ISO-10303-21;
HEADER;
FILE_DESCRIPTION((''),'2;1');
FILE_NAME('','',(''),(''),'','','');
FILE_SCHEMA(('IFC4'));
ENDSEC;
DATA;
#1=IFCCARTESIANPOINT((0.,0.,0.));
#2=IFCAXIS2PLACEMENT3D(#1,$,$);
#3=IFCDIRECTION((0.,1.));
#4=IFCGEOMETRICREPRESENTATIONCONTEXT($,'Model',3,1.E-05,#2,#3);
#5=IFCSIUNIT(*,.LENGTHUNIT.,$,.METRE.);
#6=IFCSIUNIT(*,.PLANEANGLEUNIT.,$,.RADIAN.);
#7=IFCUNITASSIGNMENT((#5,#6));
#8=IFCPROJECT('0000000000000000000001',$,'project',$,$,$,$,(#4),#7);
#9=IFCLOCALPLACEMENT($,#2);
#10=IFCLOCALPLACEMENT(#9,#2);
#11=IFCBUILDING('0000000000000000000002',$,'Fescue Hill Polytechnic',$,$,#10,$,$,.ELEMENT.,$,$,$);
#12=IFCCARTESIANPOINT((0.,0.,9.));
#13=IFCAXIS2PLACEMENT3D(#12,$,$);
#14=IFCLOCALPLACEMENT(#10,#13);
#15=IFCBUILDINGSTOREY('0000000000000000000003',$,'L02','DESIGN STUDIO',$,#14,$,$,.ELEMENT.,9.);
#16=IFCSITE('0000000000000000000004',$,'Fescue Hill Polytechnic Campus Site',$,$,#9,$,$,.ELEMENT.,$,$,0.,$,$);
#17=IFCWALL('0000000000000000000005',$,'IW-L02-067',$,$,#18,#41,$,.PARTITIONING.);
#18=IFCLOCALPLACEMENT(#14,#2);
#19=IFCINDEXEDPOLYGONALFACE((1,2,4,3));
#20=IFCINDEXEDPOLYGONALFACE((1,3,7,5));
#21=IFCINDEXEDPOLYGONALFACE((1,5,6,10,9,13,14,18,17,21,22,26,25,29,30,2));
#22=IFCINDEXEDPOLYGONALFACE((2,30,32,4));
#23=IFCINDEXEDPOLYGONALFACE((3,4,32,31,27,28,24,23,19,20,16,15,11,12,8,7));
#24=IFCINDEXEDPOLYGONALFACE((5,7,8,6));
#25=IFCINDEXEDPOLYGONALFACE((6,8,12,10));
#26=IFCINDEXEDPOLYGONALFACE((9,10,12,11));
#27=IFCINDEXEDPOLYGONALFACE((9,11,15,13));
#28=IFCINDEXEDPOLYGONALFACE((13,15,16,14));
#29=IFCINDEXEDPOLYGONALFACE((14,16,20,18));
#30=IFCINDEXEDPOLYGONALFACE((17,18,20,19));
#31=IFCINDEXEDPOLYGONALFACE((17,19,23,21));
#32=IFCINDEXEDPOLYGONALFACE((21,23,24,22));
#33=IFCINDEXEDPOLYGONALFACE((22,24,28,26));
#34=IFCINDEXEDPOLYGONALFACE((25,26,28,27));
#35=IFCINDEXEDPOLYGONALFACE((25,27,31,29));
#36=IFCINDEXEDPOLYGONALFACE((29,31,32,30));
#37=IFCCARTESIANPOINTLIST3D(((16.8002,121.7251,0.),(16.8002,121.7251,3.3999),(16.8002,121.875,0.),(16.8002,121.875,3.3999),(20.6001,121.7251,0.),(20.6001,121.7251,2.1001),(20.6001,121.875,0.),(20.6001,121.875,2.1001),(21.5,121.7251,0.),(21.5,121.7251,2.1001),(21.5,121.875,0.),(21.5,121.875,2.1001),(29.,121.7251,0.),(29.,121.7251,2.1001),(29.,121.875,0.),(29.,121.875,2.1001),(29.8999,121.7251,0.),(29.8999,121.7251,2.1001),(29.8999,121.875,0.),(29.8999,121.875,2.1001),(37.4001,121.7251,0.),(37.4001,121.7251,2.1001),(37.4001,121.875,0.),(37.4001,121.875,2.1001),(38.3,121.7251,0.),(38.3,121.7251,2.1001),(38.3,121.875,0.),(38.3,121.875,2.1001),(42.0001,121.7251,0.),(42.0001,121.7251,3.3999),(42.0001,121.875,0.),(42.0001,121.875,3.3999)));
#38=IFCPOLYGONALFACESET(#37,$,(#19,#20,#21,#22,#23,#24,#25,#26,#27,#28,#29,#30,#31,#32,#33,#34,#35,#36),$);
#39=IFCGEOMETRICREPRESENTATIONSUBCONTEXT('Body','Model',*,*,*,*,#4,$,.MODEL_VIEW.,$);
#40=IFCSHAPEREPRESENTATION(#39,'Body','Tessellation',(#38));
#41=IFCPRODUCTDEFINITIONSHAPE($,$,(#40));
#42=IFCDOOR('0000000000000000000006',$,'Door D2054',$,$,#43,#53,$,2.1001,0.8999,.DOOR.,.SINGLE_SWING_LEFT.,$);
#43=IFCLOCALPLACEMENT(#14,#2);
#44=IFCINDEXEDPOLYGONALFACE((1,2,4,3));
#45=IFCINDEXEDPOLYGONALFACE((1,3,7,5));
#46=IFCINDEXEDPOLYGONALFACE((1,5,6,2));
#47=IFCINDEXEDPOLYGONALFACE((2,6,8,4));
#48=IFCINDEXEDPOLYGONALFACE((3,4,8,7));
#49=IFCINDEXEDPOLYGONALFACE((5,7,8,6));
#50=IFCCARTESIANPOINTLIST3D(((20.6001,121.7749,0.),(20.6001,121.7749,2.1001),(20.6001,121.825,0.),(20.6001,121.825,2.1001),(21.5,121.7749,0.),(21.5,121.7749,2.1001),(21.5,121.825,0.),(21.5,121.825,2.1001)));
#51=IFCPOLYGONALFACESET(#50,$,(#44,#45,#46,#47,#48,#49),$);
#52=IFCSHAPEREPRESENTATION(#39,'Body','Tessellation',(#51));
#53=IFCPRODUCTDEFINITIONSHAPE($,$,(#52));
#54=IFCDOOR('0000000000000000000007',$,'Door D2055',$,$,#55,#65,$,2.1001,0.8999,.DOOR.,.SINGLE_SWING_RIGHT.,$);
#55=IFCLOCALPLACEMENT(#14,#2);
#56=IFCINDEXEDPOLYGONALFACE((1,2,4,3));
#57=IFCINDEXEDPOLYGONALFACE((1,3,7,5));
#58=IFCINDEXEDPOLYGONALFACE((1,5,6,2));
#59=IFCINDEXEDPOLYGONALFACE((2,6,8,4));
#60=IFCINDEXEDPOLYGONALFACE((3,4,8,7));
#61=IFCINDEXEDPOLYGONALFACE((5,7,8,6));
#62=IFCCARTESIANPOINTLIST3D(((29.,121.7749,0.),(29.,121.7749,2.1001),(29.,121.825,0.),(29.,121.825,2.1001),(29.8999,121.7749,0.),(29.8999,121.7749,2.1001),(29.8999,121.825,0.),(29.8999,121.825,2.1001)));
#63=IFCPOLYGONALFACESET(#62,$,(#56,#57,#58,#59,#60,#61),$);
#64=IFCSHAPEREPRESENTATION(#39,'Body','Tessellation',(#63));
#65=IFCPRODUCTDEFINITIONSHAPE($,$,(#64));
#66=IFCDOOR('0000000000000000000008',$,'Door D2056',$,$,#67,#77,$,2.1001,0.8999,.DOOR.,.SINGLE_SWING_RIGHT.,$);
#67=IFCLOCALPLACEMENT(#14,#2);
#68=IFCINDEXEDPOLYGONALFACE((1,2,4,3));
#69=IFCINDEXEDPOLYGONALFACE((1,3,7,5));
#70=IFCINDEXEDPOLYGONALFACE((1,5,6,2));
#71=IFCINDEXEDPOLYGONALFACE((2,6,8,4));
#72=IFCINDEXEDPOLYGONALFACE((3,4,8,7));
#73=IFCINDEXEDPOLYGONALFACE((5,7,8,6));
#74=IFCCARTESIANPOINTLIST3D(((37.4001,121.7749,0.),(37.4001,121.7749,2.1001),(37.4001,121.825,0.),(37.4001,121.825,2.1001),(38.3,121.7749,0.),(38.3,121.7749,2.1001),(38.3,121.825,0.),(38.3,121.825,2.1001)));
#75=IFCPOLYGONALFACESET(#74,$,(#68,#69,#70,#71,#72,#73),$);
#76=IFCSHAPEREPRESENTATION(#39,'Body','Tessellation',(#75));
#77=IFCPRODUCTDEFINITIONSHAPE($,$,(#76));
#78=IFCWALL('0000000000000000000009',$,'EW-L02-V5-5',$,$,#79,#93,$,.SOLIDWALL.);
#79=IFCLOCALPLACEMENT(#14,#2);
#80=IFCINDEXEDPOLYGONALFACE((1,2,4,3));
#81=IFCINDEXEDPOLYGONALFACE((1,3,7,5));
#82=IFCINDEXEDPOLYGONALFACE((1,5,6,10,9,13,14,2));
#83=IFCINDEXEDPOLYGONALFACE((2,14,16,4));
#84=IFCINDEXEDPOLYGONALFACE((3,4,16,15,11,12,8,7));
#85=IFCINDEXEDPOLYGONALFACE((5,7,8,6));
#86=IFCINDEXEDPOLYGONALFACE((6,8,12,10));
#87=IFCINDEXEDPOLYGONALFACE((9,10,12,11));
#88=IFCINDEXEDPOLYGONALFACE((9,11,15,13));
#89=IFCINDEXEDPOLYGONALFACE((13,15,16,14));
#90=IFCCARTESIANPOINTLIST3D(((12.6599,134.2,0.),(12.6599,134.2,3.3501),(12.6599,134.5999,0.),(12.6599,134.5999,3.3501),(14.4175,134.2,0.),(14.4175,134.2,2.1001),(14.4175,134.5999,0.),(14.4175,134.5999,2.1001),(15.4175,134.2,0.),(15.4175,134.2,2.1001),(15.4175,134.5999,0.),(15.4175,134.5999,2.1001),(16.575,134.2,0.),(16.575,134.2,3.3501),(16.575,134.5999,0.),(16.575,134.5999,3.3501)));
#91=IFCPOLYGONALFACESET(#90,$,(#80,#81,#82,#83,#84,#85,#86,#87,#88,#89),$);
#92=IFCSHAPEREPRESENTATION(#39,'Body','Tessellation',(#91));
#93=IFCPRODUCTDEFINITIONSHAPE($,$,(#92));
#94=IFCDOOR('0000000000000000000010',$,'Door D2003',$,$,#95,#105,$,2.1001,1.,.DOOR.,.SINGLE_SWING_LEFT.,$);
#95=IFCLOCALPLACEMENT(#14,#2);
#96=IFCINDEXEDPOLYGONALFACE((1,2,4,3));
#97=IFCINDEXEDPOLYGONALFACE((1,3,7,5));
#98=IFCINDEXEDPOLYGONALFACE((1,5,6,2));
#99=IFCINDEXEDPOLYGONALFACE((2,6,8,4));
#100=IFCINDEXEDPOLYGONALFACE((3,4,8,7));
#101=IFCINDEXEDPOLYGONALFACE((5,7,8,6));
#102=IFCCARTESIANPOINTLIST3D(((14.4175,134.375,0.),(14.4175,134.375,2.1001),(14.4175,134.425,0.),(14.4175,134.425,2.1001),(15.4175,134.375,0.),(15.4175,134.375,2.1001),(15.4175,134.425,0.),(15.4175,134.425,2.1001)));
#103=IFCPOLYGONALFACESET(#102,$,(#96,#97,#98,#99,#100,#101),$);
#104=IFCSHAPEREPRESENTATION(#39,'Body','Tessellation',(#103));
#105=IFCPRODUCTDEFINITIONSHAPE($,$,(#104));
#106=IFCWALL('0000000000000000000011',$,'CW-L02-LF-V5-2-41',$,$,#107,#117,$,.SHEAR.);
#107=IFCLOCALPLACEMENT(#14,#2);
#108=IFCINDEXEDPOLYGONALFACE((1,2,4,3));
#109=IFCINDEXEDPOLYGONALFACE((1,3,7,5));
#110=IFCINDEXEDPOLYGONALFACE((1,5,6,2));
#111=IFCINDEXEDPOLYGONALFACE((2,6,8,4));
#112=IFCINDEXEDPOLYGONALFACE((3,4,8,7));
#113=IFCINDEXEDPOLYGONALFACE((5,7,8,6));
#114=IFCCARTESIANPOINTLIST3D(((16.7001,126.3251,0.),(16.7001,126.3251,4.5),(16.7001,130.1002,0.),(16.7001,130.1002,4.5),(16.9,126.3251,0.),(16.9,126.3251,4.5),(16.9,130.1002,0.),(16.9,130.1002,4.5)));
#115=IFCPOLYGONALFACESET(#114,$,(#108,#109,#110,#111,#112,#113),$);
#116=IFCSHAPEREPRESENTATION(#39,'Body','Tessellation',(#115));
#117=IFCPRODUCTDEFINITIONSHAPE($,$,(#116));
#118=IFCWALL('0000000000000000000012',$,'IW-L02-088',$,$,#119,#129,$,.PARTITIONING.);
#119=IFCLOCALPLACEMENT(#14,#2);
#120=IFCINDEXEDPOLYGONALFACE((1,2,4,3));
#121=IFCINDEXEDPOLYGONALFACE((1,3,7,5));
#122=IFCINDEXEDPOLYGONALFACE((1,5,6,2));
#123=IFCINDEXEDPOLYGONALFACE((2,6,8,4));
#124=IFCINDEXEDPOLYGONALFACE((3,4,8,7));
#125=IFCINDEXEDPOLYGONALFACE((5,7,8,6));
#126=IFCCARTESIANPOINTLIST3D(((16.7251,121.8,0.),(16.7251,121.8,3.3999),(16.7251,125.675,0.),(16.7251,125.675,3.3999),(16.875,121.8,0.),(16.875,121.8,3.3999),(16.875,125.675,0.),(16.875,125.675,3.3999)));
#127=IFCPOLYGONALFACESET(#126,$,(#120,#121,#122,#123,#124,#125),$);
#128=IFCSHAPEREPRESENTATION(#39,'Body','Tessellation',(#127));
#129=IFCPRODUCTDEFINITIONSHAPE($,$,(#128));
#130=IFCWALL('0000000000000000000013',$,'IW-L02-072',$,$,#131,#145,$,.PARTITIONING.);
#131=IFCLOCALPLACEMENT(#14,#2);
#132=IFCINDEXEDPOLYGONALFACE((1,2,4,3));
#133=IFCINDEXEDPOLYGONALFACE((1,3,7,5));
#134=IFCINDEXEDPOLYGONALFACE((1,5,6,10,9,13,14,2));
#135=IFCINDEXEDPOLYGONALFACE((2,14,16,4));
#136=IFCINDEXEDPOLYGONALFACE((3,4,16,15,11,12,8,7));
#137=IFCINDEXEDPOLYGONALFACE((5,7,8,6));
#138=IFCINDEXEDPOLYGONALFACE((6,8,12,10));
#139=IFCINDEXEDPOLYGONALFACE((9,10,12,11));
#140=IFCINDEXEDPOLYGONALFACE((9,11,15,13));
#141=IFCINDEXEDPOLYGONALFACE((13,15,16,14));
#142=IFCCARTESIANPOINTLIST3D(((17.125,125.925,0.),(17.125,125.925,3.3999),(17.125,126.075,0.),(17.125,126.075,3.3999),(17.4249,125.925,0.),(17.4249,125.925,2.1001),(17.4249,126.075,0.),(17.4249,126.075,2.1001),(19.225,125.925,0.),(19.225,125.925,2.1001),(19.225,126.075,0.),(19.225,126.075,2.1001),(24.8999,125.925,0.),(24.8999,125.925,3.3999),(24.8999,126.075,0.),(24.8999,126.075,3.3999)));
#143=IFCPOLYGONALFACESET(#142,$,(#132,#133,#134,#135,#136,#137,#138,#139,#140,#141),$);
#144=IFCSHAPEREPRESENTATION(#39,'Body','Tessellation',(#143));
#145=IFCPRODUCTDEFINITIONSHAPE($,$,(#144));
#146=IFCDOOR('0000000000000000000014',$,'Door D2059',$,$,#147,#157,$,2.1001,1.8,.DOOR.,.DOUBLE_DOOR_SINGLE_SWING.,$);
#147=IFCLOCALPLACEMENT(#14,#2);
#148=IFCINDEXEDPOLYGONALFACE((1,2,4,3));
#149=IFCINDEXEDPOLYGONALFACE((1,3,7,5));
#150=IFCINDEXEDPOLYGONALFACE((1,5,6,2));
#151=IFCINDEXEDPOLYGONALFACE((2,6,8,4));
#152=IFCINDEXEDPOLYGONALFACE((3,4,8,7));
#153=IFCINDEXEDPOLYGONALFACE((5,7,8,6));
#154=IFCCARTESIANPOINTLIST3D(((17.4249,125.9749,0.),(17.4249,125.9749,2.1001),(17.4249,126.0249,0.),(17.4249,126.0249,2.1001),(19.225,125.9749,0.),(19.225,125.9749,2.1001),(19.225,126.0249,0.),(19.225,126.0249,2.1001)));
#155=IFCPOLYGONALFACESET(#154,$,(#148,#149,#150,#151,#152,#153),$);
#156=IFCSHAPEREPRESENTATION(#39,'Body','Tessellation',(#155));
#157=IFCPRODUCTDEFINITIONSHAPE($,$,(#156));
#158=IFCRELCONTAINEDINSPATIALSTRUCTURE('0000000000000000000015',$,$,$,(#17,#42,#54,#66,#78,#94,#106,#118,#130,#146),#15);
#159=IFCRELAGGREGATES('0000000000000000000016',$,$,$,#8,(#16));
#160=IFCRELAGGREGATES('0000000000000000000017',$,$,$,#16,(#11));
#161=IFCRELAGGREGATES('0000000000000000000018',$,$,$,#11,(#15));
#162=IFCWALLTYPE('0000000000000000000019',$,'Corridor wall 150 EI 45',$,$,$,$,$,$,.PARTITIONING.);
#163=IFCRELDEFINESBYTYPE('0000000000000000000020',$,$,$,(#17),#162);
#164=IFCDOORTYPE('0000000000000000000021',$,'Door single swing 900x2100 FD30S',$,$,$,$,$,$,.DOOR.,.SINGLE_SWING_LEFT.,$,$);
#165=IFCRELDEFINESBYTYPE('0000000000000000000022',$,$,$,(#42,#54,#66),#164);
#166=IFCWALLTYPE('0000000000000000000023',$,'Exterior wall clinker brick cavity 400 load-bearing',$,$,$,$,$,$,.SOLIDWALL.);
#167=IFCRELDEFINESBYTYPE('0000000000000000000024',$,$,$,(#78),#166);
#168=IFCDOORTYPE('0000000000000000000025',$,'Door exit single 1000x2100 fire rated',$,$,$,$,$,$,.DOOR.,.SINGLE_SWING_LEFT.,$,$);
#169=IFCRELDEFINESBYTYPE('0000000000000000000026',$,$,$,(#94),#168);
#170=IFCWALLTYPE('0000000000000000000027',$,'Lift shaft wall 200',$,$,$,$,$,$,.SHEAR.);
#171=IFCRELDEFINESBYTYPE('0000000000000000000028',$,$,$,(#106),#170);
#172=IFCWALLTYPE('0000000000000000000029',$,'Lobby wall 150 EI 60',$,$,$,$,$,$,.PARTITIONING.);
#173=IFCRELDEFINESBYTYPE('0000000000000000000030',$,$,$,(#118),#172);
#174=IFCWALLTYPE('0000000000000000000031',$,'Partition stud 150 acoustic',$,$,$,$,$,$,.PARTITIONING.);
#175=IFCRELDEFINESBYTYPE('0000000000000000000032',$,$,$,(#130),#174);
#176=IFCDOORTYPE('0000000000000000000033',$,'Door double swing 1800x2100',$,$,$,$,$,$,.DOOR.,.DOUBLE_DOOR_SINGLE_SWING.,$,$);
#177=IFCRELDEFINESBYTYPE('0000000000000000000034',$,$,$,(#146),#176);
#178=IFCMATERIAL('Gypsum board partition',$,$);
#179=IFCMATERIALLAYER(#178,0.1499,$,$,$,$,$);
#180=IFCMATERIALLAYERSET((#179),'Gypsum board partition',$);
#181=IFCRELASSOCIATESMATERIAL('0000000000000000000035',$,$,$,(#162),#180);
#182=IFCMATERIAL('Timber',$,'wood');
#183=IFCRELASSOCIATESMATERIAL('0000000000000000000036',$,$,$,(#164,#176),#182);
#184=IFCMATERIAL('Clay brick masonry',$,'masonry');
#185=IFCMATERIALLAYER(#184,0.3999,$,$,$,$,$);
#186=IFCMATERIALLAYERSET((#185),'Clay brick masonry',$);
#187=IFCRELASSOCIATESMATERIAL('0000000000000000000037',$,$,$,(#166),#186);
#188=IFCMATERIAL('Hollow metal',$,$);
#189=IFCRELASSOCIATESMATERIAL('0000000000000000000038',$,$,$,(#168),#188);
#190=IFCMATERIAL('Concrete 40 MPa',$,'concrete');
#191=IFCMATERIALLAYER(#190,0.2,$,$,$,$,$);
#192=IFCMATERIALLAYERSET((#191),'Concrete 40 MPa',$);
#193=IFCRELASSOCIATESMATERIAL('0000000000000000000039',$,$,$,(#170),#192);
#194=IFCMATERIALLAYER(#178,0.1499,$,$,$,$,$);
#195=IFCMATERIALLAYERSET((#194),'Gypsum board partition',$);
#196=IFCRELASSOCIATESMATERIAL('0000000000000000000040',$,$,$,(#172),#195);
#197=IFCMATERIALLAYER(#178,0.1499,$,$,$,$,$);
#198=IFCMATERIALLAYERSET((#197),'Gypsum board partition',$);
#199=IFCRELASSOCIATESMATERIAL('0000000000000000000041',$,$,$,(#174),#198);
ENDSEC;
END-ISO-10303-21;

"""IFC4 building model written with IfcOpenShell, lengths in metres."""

from ifc_helpers import new_model, si_unit, direction, frame, frame_2d, origin, place, context, subcontext, project, spatial, rectangle, extrude, material, layer, layer_set, type_object, element, fill, save


model = new_model("IFC4")

# Units and contexts
model_context = context("Model", 3, precision=1e-05, world=origin(), true_north=direction((0.0, 1.0)))
body_context = subcontext(model_context, "Body", "Model", "MODEL_VIEW")
ifc_project = project(units=[si_unit("LENGTHUNIT", "METRE"), si_unit("PLANEANGLEUNIT", "RADIAN")], contexts=[model_context])

# Site, building, storey
site_placement = place(None, origin())
site = spatial("IfcSite", under=ifc_project, at=site_placement, Name="Fescue Hill Polytechnic Campus Site", CompositionType="ELEMENT", RefElevation=0.0)
building_placement = place(site_placement, origin())
building = spatial("IfcBuilding", under=site, at=building_placement, Name="Fescue Hill Polytechnic", CompositionType="ELEMENT")
storey_placement = place(building_placement, frame((0.0, 0.0, 9.0)))
storey = spatial("IfcBuildingStorey", under=building, at=storey_placement, Name="L02", Description="DESIGN STUDIO", CompositionType="ELEMENT", Elevation=9.0)

# Shared definitions
ifc_material_1 = material(Name="Concrete 40 MPa", Category="concrete")

# Shared definitions
ifc_material_2 = material(Name="Gypsum board partition")
ifc_layer_1 = layer(ifc_material_2, 0.1499)
ifc_layer_set_1 = layer_set([ifc_layer_1], Name="Gypsum board partition")
wall_type_1 = type_object("IfcWallType", Name="Corridor wall 150 EI 45", PredefinedType="PARTITIONING", material=ifc_layer_set_1)

# Wall, openings, doors
wall_1_placement = place(storey_placement, frame((16.8, 121.8, 0.0), z_axis=(0.0, 0.0, 1.0), x_axis=(1.0, 0.0, 0.0)))
wall_1 = element("IfcWall", 1, at=wall_1_placement, inside=storey, type_object=wall_type_1, Name="IW-L02-067", PredefinedType="PARTITIONING", context=body_context, shape_type="SweptSolid", body=[
    extrude(rectangle(XDim=25.2, YDim=0.1499, at=frame_2d((12.6001, 0.0))), origin(), (0.0, 0.0, 1.0), 3.3999),
])
opening_1_placement = place(wall_1_placement, frame((3.8, 0.0, 0.0)))
opening_1 = element("IfcOpeningElement", 2, at=opening_1_placement, cuts=wall_1, PredefinedType="OPENING", context=body_context, shape_type="SweptSolid", body=[
    extrude(rectangle(XDim=0.8999, YDim=2.1001, at=frame_2d((0.45, 1.05))), frame((0.0, 0.085, 0.0), z_axis=(0.0, -1.0, 0.0), x_axis=(1.0, 0.0, 0.0)), (0.0, 0.0, 1.0), 0.1699),
])
opening_2_placement = place(wall_1_placement, frame((12.2, 0.0, 0.0)))
opening_2 = element("IfcOpeningElement", 3, at=opening_2_placement, cuts=wall_1, PredefinedType="OPENING", context=body_context, shape_type="SweptSolid", body=[
    extrude(rectangle(XDim=0.8999, YDim=2.1001, at=frame_2d((0.45, 1.05))), frame((0.0, 0.085, 0.0), z_axis=(0.0, -1.0, 0.0), x_axis=(1.0, 0.0, 0.0)), (0.0, 0.0, 1.0), 0.1699),
])
opening_3_placement = place(wall_1_placement, frame((20.6001, 0.0, 0.0)))
opening_3 = element("IfcOpeningElement", 4, at=opening_3_placement, cuts=wall_1, PredefinedType="OPENING", context=body_context, shape_type="SweptSolid", body=[
    extrude(rectangle(XDim=0.8999, YDim=2.1001, at=frame_2d((0.45, 1.05))), frame((0.0, 0.085, 0.0), z_axis=(0.0, -1.0, 0.0), x_axis=(1.0, 0.0, 0.0)), (0.0, 0.0, 1.0), 0.1699),
])
ifc_material_3 = material(Name="Timber", Category="wood")
door_type_1 = type_object("IfcDoorType", Name="Door single swing 900x2100 FD30S", OperationType="SINGLE_SWING_LEFT", PredefinedType="DOOR", material=ifc_material_3)
door_1_placement = place(opening_1_placement, origin())
door_1 = element("IfcDoor", 5, at=door_1_placement, inside=storey, type_object=door_type_1, Name="Door D2054", OperationType="SINGLE_SWING_LEFT", OverallHeight=2.1001, OverallWidth=0.8999, PredefinedType="DOOR", context=body_context, shape_type="SweptSolid", body=[
    extrude(rectangle(XDim=0.8999, YDim=2.1001, at=frame_2d((0.45, 1.05))), frame((0.0, 0.0249, 0.0), z_axis=(0.0, -1.0, 0.0), x_axis=(1.0, 0.0, 0.0)), (0.0, 0.0, 1.0), 0.05),
])
fill(opening_1, door_1)
door_2_placement = place(opening_2_placement, origin())
door_2 = element("IfcDoor", 6, at=door_2_placement, inside=storey, type_object=door_type_1, Name="Door D2055", OperationType="SINGLE_SWING_RIGHT", OverallHeight=2.1001, OverallWidth=0.8999, PredefinedType="DOOR", context=body_context, shape_type="SweptSolid", body=[
    extrude(rectangle(XDim=0.8999, YDim=2.1001, at=frame_2d((0.45, 1.05))), frame((0.0, 0.0249, 0.0), z_axis=(0.0, -1.0, 0.0), x_axis=(1.0, 0.0, 0.0)), (0.0, 0.0, 1.0), 0.05),
])
fill(opening_2, door_2)
door_3_placement = place(opening_3_placement, origin())
door_3 = element("IfcDoor", 7, at=door_3_placement, inside=storey, type_object=door_type_1, Name="Door D2056", OperationType="SINGLE_SWING_RIGHT", OverallHeight=2.1001, OverallWidth=0.8999, PredefinedType="DOOR", context=body_context, shape_type="SweptSolid", body=[
    extrude(rectangle(XDim=0.8999, YDim=2.1001, at=frame_2d((0.45, 1.05))), frame((0.0, 0.0249, 0.0), z_axis=(0.0, -1.0, 0.0), x_axis=(1.0, 0.0, 0.0)), (0.0, 0.0, 1.0), 0.05),
])
fill(opening_3, door_3)

# Wall, opening, door
ifc_material_4 = material(Name="Clay brick masonry", Category="masonry")
ifc_layer_2 = layer(ifc_material_4, 0.3999)
ifc_layer_set_2 = layer_set([ifc_layer_2], Name="Clay brick masonry")
wall_type_2 = type_object("IfcWallType", Name="Exterior wall clinker brick cavity 400 load-bearing", PredefinedType="SOLIDWALL", material=ifc_layer_set_2)
wall_2_placement = place(storey_placement, frame((16.575, 134.3999, 0.0), z_axis=(0.0, 0.0, 1.0), x_axis=(-1.0, 0.0, 0.0)))
wall_2 = element("IfcWall", 8, at=wall_2_placement, inside=storey, type_object=wall_type_2, Name="EW-L02-V5-5", PredefinedType="SOLIDWALL", context=body_context, shape_type="SweptSolid", body=[
    extrude(rectangle(XDim=3.915, YDim=0.3999, at=frame_2d((1.9575, 0.0))), origin(), (0.0, 0.0, 1.0), 3.3501),
])
opening_4_placement = place(wall_2_placement, frame((1.1575, 0.0, 0.0)))
opening_4 = element("IfcOpeningElement", 9, at=opening_4_placement, cuts=wall_2, PredefinedType="OPENING", context=body_context, shape_type="SweptSolid", body=[
    extrude(rectangle(XDim=1.0, YDim=2.1001, at=frame_2d((0.5, 1.05))), frame((0.0, 0.21, 0.0), z_axis=(0.0, -1.0, 0.0), x_axis=(1.0, 0.0, 0.0)), (0.0, 0.0, 1.0), 0.4199),
])
ifc_material_5 = material(Name="Hollow metal")
door_type_2 = type_object("IfcDoorType", Name="Door exit single 1000x2100 fire rated", OperationType="SINGLE_SWING_LEFT", PredefinedType="DOOR", material=ifc_material_5)
door_4_placement = place(opening_4_placement, origin())
door_4 = element("IfcDoor", 10, at=door_4_placement, inside=storey, type_object=door_type_2, Name="Door D2003", OperationType="SINGLE_SWING_LEFT", OverallHeight=2.1001, OverallWidth=1.0, PredefinedType="DOOR", context=body_context, shape_type="SweptSolid", body=[
    extrude(rectangle(XDim=1.0, YDim=2.1001, at=frame_2d((0.5, 1.05))), frame((0.0, 0.0249, 0.0), z_axis=(0.0, -1.0, 0.0), x_axis=(1.0, 0.0, 0.0)), (0.0, 0.0, 1.0), 0.05),
])
fill(opening_4, door_4)

# Walls
ifc_layer_3 = layer(ifc_material_1, 0.2)
ifc_layer_set_3 = layer_set([ifc_layer_3], Name="Concrete 40 MPa")
wall_type_3 = type_object("IfcWallType", Name="Lift shaft wall 200", PredefinedType="SHEAR", material=ifc_layer_set_3)
wall_3_placement = place(storey_placement, frame((16.8, 126.325, 0.0), z_axis=(0.0, 0.0, 1.0), x_axis=(0.0, 1.0, 0.0)))
element("IfcWall", 11, at=wall_3_placement, inside=storey, type_object=wall_type_3, Name="CW-L02-LF-V5-2-41", PredefinedType="SHEAR", context=body_context, shape_type="SweptSolid", body=[
    extrude(rectangle(XDim=3.7751, YDim=0.2, at=frame_2d((1.8877, 0.0))), origin(), (0.0, 0.0, 1.0), 4.5),
])
ifc_layer_4 = layer(ifc_material_2, 0.1499)
ifc_layer_set_4 = layer_set([ifc_layer_4], Name="Gypsum board partition")
wall_type_4 = type_object("IfcWallType", Name="Lobby wall 150 EI 60", PredefinedType="PARTITIONING", material=ifc_layer_set_4)
wall_4_placement = place(storey_placement, frame((16.8, 121.8, 0.0), z_axis=(0.0, 0.0, 1.0), x_axis=(0.0, 1.0, 0.0)))
element("IfcWall", 12, at=wall_4_placement, inside=storey, type_object=wall_type_4, Name="IW-L02-088", PredefinedType="PARTITIONING", context=body_context, shape_type="SweptSolid", body=[
    extrude(rectangle(XDim=3.875, YDim=0.1499, at=frame_2d((1.9375, 0.0))), origin(), (0.0, 0.0, 1.0), 3.3999),
])

# Wall, opening, door
ifc_layer_5 = layer(ifc_material_2, 0.1499)
ifc_layer_set_5 = layer_set([ifc_layer_5], Name="Gypsum board partition")
wall_type_5 = type_object("IfcWallType", Name="Partition stud 150 acoustic", PredefinedType="PARTITIONING", material=ifc_layer_set_5)
wall_5_placement = place(storey_placement, frame((17.125, 126.0, 0.0), z_axis=(0.0, 0.0, 1.0), x_axis=(1.0, 0.0, 0.0)))
wall_5 = element("IfcWall", 13, at=wall_5_placement, inside=storey, type_object=wall_type_5, Name="IW-L02-072", PredefinedType="PARTITIONING", context=body_context, shape_type="SweptSolid", body=[
    extrude(rectangle(XDim=7.7749, YDim=0.1499, at=frame_2d((3.8875, 0.0))), origin(), (0.0, 0.0, 1.0), 3.3999),
])
opening_5_placement = place(wall_5_placement, frame((0.3, 0.0, 0.0)))
opening_5 = element("IfcOpeningElement", 14, at=opening_5_placement, cuts=wall_5, PredefinedType="OPENING", context=body_context, shape_type="SweptSolid", body=[
    extrude(rectangle(XDim=1.8, YDim=2.1001, at=frame_2d((0.8999, 1.05))), frame((0.0, 0.085, 0.0), z_axis=(0.0, -1.0, 0.0), x_axis=(1.0, 0.0, 0.0)), (0.0, 0.0, 1.0), 0.1699),
])
door_type_3 = type_object("IfcDoorType", Name="Door double swing 1800x2100", OperationType="DOUBLE_DOOR_SINGLE_SWING", PredefinedType="DOOR", material=ifc_material_3)
door_5_placement = place(opening_5_placement, origin())
door_5 = element("IfcDoor", 15, at=door_5_placement, inside=storey, type_object=door_type_3, Name="Door D2059", OperationType="DOUBLE_DOOR_SINGLE_SWING", OverallHeight=2.1001, OverallWidth=1.8, PredefinedType="DOOR", context=body_context, shape_type="SweptSolid", body=[
    extrude(rectangle(XDim=1.8, YDim=2.1001, at=frame_2d((0.8999, 1.05))), frame((0.0, 0.0249, 0.0), z_axis=(0.0, -1.0, 0.0), x_axis=(1.0, 0.0, 0.0)), (0.0, 0.0, 1.0), 0.05),
])
fill(opening_5, door_5)

save(model, "model.ifc")
